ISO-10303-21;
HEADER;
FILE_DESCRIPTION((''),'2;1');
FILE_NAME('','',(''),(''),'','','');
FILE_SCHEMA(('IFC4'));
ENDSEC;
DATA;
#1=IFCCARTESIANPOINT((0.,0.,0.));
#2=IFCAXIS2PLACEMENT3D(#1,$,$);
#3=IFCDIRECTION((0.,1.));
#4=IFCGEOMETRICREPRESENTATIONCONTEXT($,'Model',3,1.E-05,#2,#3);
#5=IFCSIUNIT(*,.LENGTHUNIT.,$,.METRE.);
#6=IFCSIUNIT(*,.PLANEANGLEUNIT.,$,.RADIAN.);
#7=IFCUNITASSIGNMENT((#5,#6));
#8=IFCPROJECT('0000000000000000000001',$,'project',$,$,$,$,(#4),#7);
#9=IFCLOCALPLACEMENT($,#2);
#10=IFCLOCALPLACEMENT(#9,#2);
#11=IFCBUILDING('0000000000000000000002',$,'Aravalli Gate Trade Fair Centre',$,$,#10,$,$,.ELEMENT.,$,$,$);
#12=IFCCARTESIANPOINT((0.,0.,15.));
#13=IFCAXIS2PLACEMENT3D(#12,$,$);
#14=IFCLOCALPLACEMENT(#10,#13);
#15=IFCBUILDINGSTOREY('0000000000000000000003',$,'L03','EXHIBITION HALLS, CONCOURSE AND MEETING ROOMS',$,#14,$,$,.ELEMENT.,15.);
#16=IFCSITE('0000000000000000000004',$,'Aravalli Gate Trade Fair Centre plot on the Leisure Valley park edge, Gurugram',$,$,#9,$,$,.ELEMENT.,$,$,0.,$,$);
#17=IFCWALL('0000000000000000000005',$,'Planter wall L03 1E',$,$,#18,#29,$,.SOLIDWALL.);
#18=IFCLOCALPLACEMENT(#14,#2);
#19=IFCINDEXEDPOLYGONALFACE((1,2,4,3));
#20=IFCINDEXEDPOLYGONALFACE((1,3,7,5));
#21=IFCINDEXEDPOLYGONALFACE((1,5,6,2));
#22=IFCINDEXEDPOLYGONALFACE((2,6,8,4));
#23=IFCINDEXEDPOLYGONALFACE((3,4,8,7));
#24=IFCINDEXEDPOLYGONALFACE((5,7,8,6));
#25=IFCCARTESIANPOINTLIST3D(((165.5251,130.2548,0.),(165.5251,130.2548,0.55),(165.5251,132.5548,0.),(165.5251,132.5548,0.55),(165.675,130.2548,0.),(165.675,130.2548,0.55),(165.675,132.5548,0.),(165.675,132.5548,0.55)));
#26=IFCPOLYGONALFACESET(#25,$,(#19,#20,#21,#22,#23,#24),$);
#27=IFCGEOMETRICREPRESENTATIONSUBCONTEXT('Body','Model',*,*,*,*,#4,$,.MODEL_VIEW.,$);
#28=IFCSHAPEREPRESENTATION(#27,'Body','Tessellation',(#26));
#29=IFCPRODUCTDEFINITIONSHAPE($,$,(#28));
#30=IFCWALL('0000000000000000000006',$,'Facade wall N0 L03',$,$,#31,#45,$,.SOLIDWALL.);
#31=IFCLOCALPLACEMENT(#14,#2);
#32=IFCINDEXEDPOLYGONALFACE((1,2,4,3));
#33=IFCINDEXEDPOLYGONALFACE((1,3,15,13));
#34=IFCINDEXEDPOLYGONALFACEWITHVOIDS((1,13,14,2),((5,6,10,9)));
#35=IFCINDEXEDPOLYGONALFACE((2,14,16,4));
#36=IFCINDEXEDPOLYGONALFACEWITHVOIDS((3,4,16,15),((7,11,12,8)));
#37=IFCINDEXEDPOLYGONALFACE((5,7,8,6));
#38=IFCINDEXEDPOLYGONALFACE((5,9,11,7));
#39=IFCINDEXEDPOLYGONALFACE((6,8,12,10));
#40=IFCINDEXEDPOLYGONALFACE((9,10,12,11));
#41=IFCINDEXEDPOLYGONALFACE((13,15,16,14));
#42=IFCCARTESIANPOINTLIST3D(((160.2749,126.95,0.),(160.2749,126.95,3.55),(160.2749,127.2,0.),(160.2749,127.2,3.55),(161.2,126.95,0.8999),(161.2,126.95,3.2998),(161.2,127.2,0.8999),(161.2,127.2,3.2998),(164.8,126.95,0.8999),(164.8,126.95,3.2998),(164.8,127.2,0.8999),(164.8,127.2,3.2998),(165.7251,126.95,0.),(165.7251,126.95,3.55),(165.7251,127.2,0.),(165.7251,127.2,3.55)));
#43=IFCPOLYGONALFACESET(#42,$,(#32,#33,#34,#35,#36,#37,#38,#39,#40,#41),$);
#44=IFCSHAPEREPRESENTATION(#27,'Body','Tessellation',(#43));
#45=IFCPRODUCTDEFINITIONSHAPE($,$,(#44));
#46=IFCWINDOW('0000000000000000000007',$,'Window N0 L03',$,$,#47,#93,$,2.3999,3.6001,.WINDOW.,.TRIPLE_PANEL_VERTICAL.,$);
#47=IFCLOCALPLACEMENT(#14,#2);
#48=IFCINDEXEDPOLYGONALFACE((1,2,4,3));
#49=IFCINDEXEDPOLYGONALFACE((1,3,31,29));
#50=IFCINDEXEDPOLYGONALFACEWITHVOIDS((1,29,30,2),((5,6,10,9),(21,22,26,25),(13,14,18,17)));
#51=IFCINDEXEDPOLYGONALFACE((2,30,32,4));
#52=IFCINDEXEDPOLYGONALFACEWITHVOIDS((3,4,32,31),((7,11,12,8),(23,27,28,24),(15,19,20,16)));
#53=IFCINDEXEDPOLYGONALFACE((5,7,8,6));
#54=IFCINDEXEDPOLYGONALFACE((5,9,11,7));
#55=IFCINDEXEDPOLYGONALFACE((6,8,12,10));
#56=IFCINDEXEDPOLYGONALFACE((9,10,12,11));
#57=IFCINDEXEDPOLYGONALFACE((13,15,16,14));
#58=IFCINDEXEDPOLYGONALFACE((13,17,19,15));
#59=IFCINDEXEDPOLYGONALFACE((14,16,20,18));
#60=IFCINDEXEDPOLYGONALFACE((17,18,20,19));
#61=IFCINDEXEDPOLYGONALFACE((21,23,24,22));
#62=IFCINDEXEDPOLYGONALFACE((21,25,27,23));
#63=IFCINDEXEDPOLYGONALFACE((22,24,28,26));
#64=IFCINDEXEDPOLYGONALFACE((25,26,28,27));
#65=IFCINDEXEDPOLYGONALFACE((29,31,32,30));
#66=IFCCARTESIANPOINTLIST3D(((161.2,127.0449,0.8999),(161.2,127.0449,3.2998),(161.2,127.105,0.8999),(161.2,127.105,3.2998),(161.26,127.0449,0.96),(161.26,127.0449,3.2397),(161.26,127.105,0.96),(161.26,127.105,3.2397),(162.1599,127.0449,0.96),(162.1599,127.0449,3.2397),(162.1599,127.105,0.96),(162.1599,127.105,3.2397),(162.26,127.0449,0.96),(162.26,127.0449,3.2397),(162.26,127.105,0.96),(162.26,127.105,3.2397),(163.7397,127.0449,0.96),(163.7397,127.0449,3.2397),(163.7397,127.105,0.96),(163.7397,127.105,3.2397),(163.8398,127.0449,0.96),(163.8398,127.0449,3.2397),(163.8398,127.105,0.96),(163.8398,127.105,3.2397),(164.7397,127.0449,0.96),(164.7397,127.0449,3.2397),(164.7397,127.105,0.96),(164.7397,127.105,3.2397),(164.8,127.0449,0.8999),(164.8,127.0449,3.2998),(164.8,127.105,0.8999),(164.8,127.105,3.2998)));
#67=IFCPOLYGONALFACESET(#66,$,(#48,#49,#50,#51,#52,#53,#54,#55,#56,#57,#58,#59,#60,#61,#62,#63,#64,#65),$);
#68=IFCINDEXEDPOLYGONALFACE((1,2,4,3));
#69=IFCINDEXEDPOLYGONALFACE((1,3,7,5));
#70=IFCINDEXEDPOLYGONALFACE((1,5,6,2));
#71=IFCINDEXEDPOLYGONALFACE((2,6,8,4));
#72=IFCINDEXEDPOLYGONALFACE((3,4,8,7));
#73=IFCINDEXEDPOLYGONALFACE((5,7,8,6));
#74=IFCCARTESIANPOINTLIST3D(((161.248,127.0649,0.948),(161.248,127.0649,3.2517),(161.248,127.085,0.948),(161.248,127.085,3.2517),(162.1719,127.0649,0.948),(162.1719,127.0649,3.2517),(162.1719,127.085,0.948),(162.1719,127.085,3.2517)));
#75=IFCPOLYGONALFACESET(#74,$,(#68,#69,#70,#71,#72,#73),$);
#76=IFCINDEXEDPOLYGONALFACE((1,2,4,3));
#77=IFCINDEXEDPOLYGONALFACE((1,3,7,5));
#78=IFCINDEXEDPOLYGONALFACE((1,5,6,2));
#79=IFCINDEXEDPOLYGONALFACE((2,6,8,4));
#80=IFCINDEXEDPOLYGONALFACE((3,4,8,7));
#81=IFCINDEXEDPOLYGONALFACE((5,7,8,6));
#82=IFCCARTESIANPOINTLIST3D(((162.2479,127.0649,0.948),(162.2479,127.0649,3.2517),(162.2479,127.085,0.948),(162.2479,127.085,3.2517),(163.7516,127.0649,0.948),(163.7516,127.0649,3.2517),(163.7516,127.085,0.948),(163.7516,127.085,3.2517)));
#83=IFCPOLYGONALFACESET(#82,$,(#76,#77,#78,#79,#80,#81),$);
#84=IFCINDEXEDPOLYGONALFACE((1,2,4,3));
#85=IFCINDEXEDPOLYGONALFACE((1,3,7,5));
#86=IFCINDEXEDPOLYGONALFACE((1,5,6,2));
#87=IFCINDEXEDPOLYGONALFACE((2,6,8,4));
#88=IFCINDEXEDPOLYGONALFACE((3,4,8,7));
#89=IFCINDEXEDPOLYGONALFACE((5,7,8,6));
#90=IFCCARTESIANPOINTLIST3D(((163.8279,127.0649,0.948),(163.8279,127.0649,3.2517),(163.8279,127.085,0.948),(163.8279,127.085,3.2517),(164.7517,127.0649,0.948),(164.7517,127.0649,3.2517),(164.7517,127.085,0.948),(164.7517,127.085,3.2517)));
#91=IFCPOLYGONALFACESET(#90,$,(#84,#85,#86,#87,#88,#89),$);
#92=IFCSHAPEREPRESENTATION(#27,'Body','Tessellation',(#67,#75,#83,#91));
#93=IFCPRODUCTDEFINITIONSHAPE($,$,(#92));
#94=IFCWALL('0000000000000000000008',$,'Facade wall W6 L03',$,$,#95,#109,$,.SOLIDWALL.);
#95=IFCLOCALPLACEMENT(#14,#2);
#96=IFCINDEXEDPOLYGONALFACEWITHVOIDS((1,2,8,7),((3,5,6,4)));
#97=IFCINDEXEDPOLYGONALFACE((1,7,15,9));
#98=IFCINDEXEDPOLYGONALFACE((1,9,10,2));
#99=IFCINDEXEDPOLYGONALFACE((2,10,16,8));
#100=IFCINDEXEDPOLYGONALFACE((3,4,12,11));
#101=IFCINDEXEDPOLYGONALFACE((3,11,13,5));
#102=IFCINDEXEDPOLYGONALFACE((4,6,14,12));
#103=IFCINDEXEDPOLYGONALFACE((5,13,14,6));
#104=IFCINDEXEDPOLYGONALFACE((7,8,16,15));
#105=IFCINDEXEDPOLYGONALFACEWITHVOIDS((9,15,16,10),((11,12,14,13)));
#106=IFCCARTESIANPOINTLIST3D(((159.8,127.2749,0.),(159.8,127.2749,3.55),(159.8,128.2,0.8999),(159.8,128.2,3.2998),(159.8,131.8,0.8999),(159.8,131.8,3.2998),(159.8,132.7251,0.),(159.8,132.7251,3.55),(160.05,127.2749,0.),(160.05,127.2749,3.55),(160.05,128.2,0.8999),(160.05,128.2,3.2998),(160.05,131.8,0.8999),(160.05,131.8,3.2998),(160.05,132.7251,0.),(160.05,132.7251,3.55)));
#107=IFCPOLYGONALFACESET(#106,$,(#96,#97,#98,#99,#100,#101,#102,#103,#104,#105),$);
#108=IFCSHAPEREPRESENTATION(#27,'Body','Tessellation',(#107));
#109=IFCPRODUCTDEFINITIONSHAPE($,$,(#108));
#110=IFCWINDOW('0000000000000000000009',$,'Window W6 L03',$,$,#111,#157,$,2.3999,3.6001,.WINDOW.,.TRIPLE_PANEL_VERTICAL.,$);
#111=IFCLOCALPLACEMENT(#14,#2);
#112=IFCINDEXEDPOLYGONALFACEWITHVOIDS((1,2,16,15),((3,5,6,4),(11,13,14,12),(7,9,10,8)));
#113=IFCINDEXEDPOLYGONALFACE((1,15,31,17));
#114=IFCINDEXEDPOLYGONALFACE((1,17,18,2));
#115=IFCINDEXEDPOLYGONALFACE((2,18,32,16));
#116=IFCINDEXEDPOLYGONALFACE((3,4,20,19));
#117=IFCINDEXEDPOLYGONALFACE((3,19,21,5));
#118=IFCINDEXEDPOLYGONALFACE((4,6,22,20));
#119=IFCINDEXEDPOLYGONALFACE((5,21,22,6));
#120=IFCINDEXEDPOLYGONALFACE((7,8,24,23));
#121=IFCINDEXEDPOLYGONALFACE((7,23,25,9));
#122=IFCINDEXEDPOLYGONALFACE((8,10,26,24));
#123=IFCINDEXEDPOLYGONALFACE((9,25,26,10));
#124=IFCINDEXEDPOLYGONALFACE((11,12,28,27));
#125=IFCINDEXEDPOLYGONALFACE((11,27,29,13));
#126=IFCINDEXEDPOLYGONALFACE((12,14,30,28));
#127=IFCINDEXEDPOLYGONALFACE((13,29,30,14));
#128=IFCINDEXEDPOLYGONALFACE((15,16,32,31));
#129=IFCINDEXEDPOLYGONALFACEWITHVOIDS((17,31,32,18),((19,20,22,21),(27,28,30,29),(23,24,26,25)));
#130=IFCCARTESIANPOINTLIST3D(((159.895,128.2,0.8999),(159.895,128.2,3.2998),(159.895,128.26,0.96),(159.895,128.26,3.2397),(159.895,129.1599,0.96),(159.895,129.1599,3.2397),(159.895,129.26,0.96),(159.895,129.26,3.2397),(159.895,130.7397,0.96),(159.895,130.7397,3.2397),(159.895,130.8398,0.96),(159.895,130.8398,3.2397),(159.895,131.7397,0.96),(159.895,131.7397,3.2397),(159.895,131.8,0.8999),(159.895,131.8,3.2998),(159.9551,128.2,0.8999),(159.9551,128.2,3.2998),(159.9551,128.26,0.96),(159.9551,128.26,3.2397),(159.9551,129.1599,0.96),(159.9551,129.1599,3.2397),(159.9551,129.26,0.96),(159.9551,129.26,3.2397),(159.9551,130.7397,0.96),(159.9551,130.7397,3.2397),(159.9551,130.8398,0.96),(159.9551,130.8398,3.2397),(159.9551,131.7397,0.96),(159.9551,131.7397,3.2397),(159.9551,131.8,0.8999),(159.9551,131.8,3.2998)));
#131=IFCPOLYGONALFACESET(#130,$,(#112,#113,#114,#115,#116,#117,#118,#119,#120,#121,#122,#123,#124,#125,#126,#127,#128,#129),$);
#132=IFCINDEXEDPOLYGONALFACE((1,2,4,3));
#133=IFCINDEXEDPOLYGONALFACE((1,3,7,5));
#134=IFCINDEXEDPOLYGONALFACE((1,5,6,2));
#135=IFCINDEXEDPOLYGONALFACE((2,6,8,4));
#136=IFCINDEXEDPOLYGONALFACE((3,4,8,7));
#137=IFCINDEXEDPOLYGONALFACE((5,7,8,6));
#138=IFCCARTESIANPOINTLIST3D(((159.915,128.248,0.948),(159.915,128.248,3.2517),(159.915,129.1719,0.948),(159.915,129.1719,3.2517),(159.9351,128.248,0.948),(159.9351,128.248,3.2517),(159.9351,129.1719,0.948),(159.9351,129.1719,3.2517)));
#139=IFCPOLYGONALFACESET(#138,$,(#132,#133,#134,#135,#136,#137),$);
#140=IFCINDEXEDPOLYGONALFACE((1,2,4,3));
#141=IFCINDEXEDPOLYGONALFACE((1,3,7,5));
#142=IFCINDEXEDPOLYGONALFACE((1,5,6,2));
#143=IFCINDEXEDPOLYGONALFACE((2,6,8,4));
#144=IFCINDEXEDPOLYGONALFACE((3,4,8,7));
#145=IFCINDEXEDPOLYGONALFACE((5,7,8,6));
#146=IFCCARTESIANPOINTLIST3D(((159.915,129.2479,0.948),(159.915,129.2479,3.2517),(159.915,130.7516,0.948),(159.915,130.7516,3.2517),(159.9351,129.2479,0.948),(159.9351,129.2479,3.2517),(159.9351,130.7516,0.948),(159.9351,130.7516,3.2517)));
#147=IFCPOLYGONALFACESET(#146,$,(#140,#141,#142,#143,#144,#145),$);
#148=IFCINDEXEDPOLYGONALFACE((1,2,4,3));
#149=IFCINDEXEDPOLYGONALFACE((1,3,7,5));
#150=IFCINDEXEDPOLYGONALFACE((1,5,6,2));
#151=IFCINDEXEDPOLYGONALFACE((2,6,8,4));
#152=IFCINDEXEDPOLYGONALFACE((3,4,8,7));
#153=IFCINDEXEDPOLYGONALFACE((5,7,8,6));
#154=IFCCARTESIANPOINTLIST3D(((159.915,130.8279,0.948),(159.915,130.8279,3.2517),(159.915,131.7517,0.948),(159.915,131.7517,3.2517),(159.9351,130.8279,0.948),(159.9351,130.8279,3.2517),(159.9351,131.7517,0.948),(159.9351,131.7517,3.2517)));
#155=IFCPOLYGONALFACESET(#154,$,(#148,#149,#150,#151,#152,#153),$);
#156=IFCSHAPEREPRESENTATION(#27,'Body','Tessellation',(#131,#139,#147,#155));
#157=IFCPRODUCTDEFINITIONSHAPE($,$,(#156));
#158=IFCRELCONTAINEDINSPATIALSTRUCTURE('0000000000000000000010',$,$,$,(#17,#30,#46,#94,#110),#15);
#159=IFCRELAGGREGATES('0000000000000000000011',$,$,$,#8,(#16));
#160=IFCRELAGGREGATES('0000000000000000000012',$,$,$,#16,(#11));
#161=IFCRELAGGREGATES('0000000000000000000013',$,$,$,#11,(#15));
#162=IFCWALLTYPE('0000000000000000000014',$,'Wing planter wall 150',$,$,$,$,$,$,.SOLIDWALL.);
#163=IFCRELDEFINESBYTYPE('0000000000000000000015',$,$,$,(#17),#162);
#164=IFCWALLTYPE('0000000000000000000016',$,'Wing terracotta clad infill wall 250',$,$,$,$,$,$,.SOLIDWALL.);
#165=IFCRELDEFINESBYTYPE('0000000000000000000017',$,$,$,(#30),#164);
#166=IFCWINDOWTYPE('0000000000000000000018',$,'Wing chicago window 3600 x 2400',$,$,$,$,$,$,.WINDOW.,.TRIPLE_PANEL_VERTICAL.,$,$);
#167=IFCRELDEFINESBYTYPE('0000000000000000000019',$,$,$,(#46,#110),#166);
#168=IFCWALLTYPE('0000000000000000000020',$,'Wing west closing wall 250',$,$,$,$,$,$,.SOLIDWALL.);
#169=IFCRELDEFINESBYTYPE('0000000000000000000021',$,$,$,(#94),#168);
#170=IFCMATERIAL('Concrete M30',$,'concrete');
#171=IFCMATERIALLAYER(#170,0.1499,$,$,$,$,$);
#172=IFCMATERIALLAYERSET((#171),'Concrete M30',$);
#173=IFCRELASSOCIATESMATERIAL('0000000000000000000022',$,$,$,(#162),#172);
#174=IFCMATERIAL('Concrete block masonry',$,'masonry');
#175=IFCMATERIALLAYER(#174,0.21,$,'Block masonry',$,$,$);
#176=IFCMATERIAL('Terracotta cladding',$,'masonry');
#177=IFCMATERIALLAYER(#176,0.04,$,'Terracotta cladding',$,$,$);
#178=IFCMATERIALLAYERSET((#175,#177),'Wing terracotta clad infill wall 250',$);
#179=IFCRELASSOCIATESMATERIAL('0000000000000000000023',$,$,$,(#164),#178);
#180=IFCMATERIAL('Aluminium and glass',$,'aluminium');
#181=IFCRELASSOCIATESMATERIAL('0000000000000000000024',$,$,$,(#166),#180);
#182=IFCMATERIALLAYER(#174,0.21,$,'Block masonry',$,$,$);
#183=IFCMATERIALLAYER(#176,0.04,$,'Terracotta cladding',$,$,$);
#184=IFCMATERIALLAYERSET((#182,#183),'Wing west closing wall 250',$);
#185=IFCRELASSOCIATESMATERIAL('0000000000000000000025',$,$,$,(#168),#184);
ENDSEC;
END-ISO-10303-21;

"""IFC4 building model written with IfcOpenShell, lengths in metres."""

from ifc_helpers import new_model, si_unit, direction, frame, frame_2d, origin, place, context, subcontext, project, spatial, polyline, rectangle, outline, extrude, material, layer, layer_set, type_object, element, fill, save


model = new_model("IFC4")

# Units and contexts
model_context = context("Model", 3, precision=1e-05, world=origin(), true_north=direction((0.0, 1.0)))
body_context = subcontext(model_context, "Body", "Model", "MODEL_VIEW")
ifc_project = project(units=[si_unit("LENGTHUNIT", "METRE"), si_unit("PLANEANGLEUNIT", "RADIAN")], contexts=[model_context])

# Site, building, storey
site_placement = place(None, origin())
site = spatial("IfcSite", under=ifc_project, at=site_placement, Name="Aravalli Gate Trade Fair Centre plot on the Leisure Valley park edge, Gurugram", CompositionType="ELEMENT", RefElevation=0.0)
building_placement = place(site_placement, origin())
building = spatial("IfcBuilding", under=site, at=building_placement, Name="Aravalli Gate Trade Fair Centre", CompositionType="ELEMENT")
storey_placement = place(building_placement, frame((0.0, 0.0, 15.0)))
storey = spatial("IfcBuildingStorey", under=building, at=storey_placement, Name="L03", Description="EXHIBITION HALLS, CONCOURSE AND MEETING ROOMS", CompositionType="ELEMENT", Elevation=15.0)

# Shared definitions
ifc_material_1 = material(Name="Aluminium and glass", Category="aluminium")

# Wall
ifc_material_2 = material(Name="Concrete M30", Category="concrete")
ifc_layer_1 = layer(ifc_material_2, 0.1499)
ifc_layer_set_1 = layer_set([ifc_layer_1], Name="Concrete M30")
wall_type_1 = type_object("IfcWallType", Name="Wing planter wall 150", PredefinedType="SOLIDWALL", material=ifc_layer_set_1)
for number, where, z_axis, x_axis, name in (
    (1, (165.6001, 130.2549, 0.0), (0.0, 0.0, 1.0), (0.0, 1.0, 0.0), "Planter wall L03 1E"),
):
    element("IfcWall", number, at=place(storey_placement, frame(where, z_axis=z_axis, x_axis=x_axis)), inside=storey, type_object=wall_type_1, Name=name, PredefinedType="SOLIDWALL", context=body_context, shape_type="SweptSolid", body=[
        extrude(rectangle(XDim=2.3, YDim=0.1499, at=frame_2d((1.1499, 0.0))), origin(), (0.0, 0.0, 1.0), 0.55),
    ])

# Walls, openings, windows
ifc_material_3 = material(Name="Concrete block masonry", Category="masonry")
ifc_layer_2 = layer(ifc_material_3, 0.21, Name="Block masonry")
ifc_material_4 = material(Name="Terracotta cladding", Category="masonry")
ifc_layer_3 = layer(ifc_material_4, 0.04, Name="Terracotta cladding")
ifc_layer_set_2 = layer_set([ifc_layer_2, ifc_layer_3], Name="Wing terracotta clad infill wall 250")
wall_type_2 = type_object("IfcWallType", Name="Wing terracotta clad infill wall 250", PredefinedType="SOLIDWALL", material=ifc_layer_set_2)
wall_1_placement = place(storey_placement, frame((160.2749, 127.075, 0.0), z_axis=(0.0, 0.0, 1.0), x_axis=(1.0, 0.0, 0.0)))
wall_1 = element("IfcWall", 2, at=wall_1_placement, inside=storey, type_object=wall_type_2, Name="Facade wall N0 L03", PredefinedType="SOLIDWALL", context=body_context, shape_type="SweptSolid", body=[
    extrude(rectangle(XDim=5.4502, YDim=0.25, at=frame_2d((2.7251, 0.0))), origin(), (0.0, 0.0, 1.0), 3.55),
])
opening_1_placement = place(wall_1_placement, frame((0.925, 0.0, 0.8999)))
opening_1 = element("IfcOpeningElement", 3, at=opening_1_placement, cuts=wall_1, PredefinedType="OPENING", context=body_context, shape_type="SweptSolid", body=[
    extrude(rectangle(XDim=3.6001, YDim=2.3999, at=frame_2d((1.8, 1.2))), frame((0.0, 0.135, 0.0), z_axis=(0.0, -1.0, 0.0), x_axis=(1.0, 0.0, 0.0)), (0.0, 0.0, 1.0), 0.27),
])
window_type = type_object("IfcWindowType", Name="Wing chicago window 3600 x 2400", PartitioningType="TRIPLE_PANEL_VERTICAL", PredefinedType="WINDOW", material=ifc_material_1)
window_1_placement = place(opening_1_placement, origin())
window_1 = element("IfcWindow", 4, at=window_1_placement, inside=storey, type_object=window_type, Name="Window N0 L03", OverallHeight=2.3999, OverallWidth=3.6001, PartitioningType="TRIPLE_PANEL_VERTICAL", PredefinedType="WINDOW", context=body_context, shape_type="SweptSolid", body=[
    extrude(outline(polyline([(0.0, 0.0), (3.6001, 0.0), (3.6001, 2.3999), (0.0, 2.3999), (0.0, 0.0)]), holes=[polyline([(0.0601, 0.0601), (0.96, 0.0601), (0.96, 2.3398), (0.0601, 2.3398), (0.0601, 0.0601)]), polyline([(1.0601, 0.0601), (2.5398, 0.0601), (2.5398, 2.3398), (1.0601, 2.3398), (1.0601, 0.0601)]), polyline([(2.6399, 0.0601), (3.5398, 0.0601), (3.5398, 2.3398), (2.6399, 2.3398), (2.6399, 0.0601)])]), frame((0.0, 0.03, 0.0), z_axis=(0.0, -1.0, 0.0), x_axis=(1.0, 0.0, 0.0)), (0.0, 0.0, 1.0), 0.0601),
    extrude(rectangle(XDim=0.9238, YDim=2.3037, at=frame_2d((0.51, 1.2))), frame((0.0, 0.01, 0.0), z_axis=(0.0, -1.0, 0.0), x_axis=(1.0, 0.0, 0.0)), (0.0, 0.0, 1.0), 0.02),
    extrude(rectangle(XDim=1.5037, YDim=2.3037, at=frame_2d((1.7998, 1.2))), frame((0.0, 0.01, 0.0), z_axis=(0.0, -1.0, 0.0), x_axis=(1.0, 0.0, 0.0)), (0.0, 0.0, 1.0), 0.02),
    extrude(rectangle(XDim=0.9238, YDim=2.3037, at=frame_2d((3.0898, 1.2))), frame((0.0, 0.01, 0.0), z_axis=(0.0, -1.0, 0.0), x_axis=(1.0, 0.0, 0.0)), (0.0, 0.0, 1.0), 0.02),
])
fill(opening_1, window_1)
ifc_layer_4 = layer(ifc_material_3, 0.21, Name="Block masonry")
ifc_layer_5 = layer(ifc_material_4, 0.04, Name="Terracotta cladding")
ifc_layer_set_3 = layer_set([ifc_layer_4, ifc_layer_5], Name="Wing west closing wall 250")
wall_type_3 = type_object("IfcWallType", Name="Wing west closing wall 250", PredefinedType="SOLIDWALL", material=ifc_layer_set_3)
wall_2_placement = place(storey_placement, frame((159.925, 127.2749, 0.0), z_axis=(0.0, 0.0, 1.0), x_axis=(0.0, 1.0, 0.0)))
wall_2 = element("IfcWall", 5, at=wall_2_placement, inside=storey, type_object=wall_type_3, Name="Facade wall W6 L03", PredefinedType="SOLIDWALL", context=body_context, shape_type="SweptSolid", body=[
    extrude(rectangle(XDim=5.4502, YDim=0.25, at=frame_2d((2.7251, 0.0))), origin(), (0.0, 0.0, 1.0), 3.55),
])
opening_2_placement = place(wall_2_placement, frame((0.925, 0.0, 0.8999)))
opening_2 = element("IfcOpeningElement", 6, at=opening_2_placement, cuts=wall_2, PredefinedType="OPENING", context=body_context, shape_type="SweptSolid", body=[
    extrude(rectangle(XDim=3.6001, YDim=2.3999, at=frame_2d((1.8, 1.2))), frame((0.0, 0.135, 0.0), z_axis=(0.0, -1.0, 0.0), x_axis=(1.0, 0.0, 0.0)), (0.0, 0.0, 1.0), 0.27),
])
window_2_placement = place(opening_2_placement, origin())
window_2 = element("IfcWindow", 7, at=window_2_placement, inside=storey, type_object=window_type, Name="Window W6 L03", OverallHeight=2.3999, OverallWidth=3.6001, PartitioningType="TRIPLE_PANEL_VERTICAL", PredefinedType="WINDOW", context=body_context, shape_type="SweptSolid", body=[
    extrude(outline(polyline([(0.0, 0.0), (3.6001, 0.0), (3.6001, 2.3999), (0.0, 2.3999), (0.0, 0.0)]), holes=[polyline([(0.0601, 0.0601), (0.96, 0.0601), (0.96, 2.3398), (0.0601, 2.3398), (0.0601, 0.0601)]), polyline([(1.0601, 0.0601), (2.5398, 0.0601), (2.5398, 2.3398), (1.0601, 2.3398), (1.0601, 0.0601)]), polyline([(2.6399, 0.0601), (3.5398, 0.0601), (3.5398, 2.3398), (2.6399, 2.3398), (2.6399, 0.0601)])]), frame((0.0, 0.03, 0.0), z_axis=(0.0, -1.0, 0.0), x_axis=(1.0, 0.0, 0.0)), (0.0, 0.0, 1.0), 0.0601),
    extrude(rectangle(XDim=0.9238, YDim=2.3037, at=frame_2d((0.51, 1.2))), frame((0.0, 0.01, 0.0), z_axis=(0.0, -1.0, 0.0), x_axis=(1.0, 0.0, 0.0)), (0.0, 0.0, 1.0), 0.02),
    extrude(rectangle(XDim=1.5037, YDim=2.3037, at=frame_2d((1.7998, 1.2))), frame((0.0, 0.01, 0.0), z_axis=(0.0, -1.0, 0.0), x_axis=(1.0, 0.0, 0.0)), (0.0, 0.0, 1.0), 0.02),
    extrude(rectangle(XDim=0.9238, YDim=2.3037, at=frame_2d((3.0898, 1.2))), frame((0.0, 0.01, 0.0), z_axis=(0.0, -1.0, 0.0), x_axis=(1.0, 0.0, 0.0)), (0.0, 0.0, 1.0), 0.02),
])
fill(opening_2, window_2)

save(model, "model.ifc")
